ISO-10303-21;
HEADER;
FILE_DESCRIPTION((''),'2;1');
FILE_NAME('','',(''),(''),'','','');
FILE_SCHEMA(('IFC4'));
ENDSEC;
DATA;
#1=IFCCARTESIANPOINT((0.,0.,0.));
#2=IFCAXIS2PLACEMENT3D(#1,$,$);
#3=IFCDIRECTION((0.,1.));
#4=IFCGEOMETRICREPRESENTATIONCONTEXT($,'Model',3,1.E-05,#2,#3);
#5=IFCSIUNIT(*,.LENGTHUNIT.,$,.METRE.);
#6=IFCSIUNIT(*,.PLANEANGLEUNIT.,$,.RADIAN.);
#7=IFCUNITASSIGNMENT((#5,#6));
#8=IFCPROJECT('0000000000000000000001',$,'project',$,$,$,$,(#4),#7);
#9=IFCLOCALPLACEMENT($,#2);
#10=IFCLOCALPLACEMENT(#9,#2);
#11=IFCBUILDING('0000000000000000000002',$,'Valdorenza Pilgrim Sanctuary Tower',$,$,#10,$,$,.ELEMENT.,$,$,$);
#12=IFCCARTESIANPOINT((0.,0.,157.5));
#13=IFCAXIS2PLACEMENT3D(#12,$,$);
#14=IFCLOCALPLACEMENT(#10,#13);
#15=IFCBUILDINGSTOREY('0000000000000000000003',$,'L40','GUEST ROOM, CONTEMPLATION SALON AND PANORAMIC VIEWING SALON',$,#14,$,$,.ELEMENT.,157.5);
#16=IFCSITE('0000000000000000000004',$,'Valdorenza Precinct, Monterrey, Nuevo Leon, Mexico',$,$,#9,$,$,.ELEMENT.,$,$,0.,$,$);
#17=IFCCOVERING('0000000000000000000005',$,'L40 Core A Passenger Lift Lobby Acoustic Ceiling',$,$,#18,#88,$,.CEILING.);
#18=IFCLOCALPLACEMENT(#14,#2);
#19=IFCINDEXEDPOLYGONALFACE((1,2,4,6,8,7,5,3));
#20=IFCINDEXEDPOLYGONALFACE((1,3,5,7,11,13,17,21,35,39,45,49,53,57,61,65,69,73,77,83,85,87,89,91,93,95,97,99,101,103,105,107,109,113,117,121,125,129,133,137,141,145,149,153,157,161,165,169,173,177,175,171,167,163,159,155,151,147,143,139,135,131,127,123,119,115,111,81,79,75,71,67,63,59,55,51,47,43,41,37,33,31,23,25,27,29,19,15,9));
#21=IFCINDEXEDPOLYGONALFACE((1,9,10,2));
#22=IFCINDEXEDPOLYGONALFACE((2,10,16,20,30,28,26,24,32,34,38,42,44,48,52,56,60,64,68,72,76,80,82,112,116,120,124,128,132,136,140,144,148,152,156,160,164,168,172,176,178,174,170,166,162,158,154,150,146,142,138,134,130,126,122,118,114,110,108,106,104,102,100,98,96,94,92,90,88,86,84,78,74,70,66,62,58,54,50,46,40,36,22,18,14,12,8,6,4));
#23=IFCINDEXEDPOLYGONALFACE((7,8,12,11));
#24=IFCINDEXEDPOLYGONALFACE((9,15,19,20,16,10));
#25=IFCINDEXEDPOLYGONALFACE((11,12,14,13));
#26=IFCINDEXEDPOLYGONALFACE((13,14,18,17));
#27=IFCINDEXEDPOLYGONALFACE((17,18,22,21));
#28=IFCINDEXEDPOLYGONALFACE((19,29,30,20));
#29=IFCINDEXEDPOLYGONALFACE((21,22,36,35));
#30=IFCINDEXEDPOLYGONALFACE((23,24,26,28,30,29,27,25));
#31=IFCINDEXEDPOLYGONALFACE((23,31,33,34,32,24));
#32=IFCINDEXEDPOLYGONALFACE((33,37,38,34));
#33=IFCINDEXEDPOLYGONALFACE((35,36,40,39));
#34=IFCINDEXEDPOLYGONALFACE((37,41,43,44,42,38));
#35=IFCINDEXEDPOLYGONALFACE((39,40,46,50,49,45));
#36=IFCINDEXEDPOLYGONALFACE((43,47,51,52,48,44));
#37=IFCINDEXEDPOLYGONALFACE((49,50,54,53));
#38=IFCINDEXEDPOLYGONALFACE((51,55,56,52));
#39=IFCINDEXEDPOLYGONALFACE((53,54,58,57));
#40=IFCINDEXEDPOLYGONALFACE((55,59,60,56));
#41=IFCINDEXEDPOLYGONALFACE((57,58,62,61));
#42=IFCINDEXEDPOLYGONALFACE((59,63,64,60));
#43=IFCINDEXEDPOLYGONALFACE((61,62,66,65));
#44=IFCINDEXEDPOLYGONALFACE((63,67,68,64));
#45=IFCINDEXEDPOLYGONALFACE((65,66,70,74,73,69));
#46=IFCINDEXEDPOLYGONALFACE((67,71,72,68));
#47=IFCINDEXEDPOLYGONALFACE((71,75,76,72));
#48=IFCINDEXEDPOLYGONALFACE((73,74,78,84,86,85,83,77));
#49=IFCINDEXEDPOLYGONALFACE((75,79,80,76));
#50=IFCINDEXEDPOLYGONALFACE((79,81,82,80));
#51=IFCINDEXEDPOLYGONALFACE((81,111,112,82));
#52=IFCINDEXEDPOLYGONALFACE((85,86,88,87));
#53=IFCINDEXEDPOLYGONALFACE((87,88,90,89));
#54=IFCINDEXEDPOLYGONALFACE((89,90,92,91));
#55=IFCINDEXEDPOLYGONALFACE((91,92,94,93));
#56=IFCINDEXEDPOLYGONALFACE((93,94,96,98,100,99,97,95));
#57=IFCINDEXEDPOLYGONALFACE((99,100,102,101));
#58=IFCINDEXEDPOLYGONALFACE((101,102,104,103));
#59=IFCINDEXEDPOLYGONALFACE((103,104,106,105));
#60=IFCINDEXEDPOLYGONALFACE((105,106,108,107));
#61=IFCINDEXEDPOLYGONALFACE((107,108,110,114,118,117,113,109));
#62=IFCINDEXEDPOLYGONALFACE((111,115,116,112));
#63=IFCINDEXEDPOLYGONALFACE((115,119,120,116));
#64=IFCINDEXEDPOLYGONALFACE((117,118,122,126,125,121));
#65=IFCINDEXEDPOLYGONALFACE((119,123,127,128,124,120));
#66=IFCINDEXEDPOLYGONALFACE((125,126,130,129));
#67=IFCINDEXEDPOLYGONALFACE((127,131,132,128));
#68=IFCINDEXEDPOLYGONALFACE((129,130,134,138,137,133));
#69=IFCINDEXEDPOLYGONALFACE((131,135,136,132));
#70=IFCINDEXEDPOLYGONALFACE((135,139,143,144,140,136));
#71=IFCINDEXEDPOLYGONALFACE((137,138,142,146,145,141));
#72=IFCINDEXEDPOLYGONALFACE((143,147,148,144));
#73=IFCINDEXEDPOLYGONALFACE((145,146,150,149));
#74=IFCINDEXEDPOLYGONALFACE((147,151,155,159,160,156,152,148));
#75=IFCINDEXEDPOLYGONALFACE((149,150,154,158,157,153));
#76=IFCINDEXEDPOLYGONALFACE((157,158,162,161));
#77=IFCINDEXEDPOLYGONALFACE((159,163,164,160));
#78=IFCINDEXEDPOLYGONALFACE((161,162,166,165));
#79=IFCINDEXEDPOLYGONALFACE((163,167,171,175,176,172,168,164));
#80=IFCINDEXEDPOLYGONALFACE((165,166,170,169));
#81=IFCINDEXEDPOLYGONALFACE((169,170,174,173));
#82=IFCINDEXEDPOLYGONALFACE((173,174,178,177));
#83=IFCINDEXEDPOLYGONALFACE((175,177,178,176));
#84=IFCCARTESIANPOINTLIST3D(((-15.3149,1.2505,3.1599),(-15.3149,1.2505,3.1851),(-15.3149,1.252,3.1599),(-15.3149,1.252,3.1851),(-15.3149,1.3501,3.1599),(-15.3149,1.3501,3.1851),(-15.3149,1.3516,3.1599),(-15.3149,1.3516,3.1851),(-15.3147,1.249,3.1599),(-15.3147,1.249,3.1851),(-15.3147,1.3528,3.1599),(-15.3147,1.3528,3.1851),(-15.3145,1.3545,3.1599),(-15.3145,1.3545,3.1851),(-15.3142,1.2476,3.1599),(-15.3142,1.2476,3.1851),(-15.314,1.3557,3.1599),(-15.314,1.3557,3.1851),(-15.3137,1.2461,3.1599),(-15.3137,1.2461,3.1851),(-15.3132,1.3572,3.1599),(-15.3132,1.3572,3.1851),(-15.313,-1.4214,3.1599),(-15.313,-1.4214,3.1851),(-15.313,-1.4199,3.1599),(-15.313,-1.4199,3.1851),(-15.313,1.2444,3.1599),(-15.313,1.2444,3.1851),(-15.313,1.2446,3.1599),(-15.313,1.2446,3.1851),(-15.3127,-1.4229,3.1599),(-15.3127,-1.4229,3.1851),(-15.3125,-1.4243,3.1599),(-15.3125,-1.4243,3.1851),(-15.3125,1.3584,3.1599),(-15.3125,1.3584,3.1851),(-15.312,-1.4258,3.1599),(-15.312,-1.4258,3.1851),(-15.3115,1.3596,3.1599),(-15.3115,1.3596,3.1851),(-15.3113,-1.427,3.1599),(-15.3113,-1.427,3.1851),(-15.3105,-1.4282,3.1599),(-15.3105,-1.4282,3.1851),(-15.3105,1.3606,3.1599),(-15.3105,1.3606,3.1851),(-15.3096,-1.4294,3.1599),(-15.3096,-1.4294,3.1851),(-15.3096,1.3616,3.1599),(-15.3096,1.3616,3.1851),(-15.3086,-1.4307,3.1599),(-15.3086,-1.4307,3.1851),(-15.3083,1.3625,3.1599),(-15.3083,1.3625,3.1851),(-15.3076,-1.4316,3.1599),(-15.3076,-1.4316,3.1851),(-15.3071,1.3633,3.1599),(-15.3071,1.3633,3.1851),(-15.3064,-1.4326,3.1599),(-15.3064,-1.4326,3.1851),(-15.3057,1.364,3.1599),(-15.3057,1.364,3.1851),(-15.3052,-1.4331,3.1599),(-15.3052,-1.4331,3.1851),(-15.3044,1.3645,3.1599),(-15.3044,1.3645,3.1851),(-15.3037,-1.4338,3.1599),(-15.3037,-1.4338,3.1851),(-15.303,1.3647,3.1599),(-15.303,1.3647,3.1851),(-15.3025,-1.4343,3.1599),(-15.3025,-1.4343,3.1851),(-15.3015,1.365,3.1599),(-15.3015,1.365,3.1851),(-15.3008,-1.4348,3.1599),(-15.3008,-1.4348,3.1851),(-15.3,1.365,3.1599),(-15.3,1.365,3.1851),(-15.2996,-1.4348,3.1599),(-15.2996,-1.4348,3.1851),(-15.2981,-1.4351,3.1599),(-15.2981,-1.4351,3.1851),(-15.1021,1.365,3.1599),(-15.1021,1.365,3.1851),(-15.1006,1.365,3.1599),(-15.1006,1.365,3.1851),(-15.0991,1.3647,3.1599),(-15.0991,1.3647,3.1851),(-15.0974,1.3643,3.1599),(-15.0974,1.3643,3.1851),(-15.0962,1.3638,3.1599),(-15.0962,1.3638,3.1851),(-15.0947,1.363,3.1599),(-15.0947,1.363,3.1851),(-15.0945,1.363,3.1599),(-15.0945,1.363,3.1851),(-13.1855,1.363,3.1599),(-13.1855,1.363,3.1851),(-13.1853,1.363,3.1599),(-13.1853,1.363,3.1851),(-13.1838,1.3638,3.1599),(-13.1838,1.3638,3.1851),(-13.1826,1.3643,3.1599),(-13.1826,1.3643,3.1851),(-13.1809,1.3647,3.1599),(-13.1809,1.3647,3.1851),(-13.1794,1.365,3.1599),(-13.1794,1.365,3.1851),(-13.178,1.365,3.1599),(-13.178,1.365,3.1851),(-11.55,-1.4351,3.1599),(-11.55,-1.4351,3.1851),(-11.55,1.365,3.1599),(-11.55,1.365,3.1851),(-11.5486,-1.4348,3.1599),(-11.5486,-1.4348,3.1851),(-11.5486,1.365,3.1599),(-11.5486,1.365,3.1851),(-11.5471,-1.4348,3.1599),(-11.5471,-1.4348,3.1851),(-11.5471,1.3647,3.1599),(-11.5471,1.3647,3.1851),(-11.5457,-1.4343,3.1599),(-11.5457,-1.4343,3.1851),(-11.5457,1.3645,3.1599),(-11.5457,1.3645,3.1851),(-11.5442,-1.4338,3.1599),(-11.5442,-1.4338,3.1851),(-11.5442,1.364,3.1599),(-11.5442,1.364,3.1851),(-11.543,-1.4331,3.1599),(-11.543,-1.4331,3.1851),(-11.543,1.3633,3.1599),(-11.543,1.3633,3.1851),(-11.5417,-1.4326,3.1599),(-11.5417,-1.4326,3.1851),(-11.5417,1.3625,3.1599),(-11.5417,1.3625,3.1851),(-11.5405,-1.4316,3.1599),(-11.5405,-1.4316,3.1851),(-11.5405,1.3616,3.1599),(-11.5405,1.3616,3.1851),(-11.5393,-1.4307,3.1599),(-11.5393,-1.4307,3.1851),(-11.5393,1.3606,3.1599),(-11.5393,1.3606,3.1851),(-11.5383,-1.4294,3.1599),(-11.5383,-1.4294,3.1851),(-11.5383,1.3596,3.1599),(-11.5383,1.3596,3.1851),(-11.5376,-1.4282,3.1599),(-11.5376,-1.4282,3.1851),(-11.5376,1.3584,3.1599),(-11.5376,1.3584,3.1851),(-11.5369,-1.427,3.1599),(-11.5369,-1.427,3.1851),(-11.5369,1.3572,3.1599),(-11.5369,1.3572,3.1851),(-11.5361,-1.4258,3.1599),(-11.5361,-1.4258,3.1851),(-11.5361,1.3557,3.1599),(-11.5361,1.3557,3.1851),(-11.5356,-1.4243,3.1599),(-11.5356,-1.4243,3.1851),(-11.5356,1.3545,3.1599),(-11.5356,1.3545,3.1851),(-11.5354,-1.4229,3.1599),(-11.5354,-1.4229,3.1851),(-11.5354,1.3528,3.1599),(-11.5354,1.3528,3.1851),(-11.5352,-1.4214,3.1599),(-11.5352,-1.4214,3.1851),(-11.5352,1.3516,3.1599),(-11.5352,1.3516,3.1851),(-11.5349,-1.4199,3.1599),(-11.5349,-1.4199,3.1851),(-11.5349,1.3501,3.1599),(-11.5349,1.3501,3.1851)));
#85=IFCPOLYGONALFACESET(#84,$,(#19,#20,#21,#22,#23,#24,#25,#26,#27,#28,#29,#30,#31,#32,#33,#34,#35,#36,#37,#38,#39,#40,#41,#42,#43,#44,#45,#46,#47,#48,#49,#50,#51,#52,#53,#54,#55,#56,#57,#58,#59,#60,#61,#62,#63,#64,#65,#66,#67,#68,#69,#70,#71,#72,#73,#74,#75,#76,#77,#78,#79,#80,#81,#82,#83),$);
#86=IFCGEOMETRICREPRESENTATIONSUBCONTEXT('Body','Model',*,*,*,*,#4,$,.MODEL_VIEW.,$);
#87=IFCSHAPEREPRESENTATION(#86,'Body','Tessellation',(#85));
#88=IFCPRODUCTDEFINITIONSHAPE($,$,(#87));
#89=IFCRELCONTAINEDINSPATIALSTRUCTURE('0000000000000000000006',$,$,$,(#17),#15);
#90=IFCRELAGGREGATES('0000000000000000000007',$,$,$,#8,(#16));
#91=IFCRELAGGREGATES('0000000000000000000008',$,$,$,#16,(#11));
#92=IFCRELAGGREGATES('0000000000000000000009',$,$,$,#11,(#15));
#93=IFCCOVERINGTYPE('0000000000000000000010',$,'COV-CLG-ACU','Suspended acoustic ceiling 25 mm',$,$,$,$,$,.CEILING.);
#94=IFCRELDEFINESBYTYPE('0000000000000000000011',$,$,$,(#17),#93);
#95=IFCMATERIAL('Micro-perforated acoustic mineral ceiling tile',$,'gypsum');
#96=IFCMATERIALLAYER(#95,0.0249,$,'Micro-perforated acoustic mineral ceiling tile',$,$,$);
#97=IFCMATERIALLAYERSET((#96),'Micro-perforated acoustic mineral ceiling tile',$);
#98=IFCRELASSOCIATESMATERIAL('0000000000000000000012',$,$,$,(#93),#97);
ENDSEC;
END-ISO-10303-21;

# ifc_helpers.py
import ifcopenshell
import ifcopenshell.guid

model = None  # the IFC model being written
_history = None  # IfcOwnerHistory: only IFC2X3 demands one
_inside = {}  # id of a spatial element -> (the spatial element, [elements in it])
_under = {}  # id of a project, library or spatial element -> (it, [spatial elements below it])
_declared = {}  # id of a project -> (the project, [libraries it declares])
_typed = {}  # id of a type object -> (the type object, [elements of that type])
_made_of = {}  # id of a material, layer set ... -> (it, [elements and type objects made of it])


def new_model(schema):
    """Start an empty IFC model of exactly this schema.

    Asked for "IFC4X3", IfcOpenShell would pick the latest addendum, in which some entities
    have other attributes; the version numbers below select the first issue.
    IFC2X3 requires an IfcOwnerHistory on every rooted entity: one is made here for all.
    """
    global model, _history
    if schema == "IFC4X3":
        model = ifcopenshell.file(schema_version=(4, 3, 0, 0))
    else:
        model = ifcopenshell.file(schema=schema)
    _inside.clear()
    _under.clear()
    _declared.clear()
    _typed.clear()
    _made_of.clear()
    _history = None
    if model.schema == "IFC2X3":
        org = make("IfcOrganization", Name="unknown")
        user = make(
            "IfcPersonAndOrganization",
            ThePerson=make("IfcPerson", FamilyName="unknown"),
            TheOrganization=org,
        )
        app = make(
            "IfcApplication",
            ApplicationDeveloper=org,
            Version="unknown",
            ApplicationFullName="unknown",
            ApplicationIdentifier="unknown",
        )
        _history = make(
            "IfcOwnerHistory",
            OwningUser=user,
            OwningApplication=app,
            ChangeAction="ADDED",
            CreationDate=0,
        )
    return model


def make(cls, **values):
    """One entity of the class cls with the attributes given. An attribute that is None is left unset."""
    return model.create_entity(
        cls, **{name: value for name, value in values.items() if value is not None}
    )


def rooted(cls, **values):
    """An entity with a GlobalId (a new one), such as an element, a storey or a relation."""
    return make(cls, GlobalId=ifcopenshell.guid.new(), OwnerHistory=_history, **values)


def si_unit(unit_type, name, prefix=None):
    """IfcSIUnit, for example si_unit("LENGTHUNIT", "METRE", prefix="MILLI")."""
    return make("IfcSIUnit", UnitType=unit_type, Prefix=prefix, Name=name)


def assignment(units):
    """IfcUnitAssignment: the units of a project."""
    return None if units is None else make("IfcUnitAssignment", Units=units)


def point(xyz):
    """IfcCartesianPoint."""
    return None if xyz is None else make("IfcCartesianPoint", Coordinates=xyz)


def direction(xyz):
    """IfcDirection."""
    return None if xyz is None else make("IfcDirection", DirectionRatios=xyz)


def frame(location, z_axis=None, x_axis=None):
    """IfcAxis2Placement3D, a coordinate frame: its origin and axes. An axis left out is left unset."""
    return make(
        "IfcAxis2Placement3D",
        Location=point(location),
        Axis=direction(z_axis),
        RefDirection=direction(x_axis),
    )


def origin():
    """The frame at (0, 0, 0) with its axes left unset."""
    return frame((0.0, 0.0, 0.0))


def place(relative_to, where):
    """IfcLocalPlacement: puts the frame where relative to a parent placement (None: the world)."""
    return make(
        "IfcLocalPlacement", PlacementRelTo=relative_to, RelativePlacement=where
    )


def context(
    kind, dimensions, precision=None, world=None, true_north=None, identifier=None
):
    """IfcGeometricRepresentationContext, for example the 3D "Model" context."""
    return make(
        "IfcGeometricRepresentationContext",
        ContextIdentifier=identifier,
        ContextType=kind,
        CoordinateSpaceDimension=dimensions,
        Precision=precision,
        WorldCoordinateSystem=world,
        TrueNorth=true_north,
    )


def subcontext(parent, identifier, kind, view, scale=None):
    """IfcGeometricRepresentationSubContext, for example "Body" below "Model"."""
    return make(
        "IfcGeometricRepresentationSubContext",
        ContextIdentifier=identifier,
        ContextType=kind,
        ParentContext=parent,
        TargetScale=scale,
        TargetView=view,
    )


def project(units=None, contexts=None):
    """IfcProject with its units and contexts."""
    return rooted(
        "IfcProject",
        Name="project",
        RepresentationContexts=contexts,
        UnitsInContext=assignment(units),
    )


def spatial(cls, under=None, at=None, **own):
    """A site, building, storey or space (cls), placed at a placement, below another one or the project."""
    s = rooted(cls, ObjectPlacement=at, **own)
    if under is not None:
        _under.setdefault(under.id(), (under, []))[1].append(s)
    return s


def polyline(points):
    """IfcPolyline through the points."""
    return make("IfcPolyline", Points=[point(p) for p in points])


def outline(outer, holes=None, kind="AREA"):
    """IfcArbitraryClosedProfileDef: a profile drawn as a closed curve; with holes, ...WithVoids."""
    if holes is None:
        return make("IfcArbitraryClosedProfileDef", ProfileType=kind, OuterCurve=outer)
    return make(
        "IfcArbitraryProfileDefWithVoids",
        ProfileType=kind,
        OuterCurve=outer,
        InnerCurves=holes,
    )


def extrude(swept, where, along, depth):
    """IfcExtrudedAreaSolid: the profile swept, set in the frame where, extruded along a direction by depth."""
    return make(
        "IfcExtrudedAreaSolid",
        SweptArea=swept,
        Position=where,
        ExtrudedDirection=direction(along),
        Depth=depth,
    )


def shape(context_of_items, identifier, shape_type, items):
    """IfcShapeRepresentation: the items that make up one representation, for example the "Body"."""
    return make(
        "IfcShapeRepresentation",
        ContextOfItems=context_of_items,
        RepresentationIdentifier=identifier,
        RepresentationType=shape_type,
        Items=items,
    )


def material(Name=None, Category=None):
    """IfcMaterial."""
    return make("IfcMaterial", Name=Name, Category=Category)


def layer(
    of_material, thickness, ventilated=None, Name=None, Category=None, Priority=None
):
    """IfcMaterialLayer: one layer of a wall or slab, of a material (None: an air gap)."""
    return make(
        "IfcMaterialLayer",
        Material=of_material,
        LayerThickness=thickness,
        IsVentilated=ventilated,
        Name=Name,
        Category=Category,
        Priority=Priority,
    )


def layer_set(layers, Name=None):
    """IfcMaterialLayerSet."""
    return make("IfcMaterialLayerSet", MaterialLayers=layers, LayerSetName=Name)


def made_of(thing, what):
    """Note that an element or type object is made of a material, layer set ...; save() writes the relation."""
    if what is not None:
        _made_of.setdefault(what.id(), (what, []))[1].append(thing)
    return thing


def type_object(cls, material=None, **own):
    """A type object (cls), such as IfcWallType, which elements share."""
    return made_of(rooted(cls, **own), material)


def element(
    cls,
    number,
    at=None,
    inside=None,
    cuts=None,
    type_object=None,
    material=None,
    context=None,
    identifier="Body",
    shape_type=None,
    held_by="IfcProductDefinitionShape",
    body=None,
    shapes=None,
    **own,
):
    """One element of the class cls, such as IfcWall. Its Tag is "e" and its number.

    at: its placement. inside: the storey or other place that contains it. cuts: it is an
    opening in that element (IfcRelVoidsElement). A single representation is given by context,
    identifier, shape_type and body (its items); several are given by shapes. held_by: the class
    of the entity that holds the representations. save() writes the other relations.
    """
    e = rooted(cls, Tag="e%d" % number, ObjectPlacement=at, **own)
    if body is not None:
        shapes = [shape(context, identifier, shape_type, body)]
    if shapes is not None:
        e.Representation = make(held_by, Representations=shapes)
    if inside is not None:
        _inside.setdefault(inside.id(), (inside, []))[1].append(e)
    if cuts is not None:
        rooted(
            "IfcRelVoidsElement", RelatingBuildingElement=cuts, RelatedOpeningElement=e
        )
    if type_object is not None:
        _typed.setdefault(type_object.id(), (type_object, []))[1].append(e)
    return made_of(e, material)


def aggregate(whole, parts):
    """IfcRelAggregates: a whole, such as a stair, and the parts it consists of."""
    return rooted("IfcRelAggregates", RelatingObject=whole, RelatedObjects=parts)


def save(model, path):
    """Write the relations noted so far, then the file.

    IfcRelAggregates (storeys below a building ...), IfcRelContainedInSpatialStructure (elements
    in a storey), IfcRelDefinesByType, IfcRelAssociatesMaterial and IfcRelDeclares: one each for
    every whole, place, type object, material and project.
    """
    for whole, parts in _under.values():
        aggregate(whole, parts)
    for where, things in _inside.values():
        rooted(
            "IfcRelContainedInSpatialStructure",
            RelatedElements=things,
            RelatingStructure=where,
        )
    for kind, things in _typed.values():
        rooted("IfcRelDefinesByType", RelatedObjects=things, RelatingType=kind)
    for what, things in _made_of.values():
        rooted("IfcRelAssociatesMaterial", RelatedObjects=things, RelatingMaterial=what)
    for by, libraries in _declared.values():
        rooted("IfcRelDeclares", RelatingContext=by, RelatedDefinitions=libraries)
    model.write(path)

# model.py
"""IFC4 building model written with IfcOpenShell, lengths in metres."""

from ifc_helpers import new_model, si_unit, direction, frame, origin, place, context, subcontext, project, spatial, polyline, outline, extrude, material, layer, layer_set, type_object, element, save


model = new_model("IFC4")

# Units and contexts
model_context = context("Model", 3, precision=1e-05, world=origin(), true_north=direction((0.0, 1.0)))
body_context = subcontext(model_context, "Body", "Model", "MODEL_VIEW")
ifc_project = project(units=[si_unit("LENGTHUNIT", "METRE"), si_unit("PLANEANGLEUNIT", "RADIAN")], contexts=[model_context])

# Site, building, storey
site_placement = place(None, origin())
site = spatial("IfcSite", under=ifc_project, at=site_placement, Name="Valdorenza Precinct, Monterrey, Nuevo Leon, Mexico", CompositionType="ELEMENT", RefElevation=0.0)
building_placement = place(site_placement, origin())
building = spatial("IfcBuilding", under=site, at=building_placement, Name="Valdorenza Pilgrim Sanctuary Tower", CompositionType="ELEMENT")
storey_placement = place(building_placement, frame((0.0, 0.0, 157.5)))
storey = spatial("IfcBuildingStorey", under=building, at=storey_placement, Name="L40", Description="GUEST ROOM, CONTEMPLATION SALON AND PANORAMIC VIEWING SALON", CompositionType="ELEMENT", Elevation=157.5)

# Covering
ifc_material_1 = material(Name="Micro-perforated acoustic mineral ceiling tile", Category="gypsum")
ifc_layer_1 = layer(ifc_material_1, 0.0249, Name="Micro-perforated acoustic mineral ceiling tile")
ifc_layer_set_1 = layer_set([ifc_layer_1], Name="Micro-perforated acoustic mineral ceiling tile")
covering_type_1 = type_object("IfcCoveringType", Name="COV-CLG-ACU", Description="Suspended acoustic ceiling 25 mm", PredefinedType="CEILING", material=ifc_layer_set_1)
covering_1_placement = place(storey_placement, frame((0.0, 0.0, 3.1599)))
element("IfcCovering", 1, at=covering_1_placement, inside=storey, type_object=covering_type_1, Name="L40 Core A Passenger Lift Lobby Acoustic Ceiling", PredefinedType="CEILING", context=body_context, shape_type="SweptSolid", body=[
    extrude(outline(polyline([(-15.313, 1.2444), (-15.313, 1.2446), (-15.3137, 1.2461), (-15.3142, 1.2476), (-15.3147, 1.249), (-15.3149, 1.2505), (-15.3149, 1.252), (-15.3149, 1.3501), (-15.3149, 1.3516), (-15.3147, 1.3528), (-15.3145, 1.3545), (-15.314, 1.3557), (-15.3132, 1.3572), (-15.3125, 1.3584), (-15.3115, 1.3596), (-15.3105, 1.3606), (-15.3096, 1.3616), (-15.3083, 1.3625), (-15.3071, 1.3633), (-15.3057, 1.364), (-15.3044, 1.3645), (-15.303, 1.3647), (-15.3015, 1.365), (-15.3, 1.365), (-15.1021, 1.365), (-15.1006, 1.365), (-15.0991, 1.3647), (-15.0974, 1.3643), (-15.0962, 1.3638), (-15.0947, 1.363), (-15.0945, 1.363), (-13.1855, 1.363), (-13.1853, 1.363), (-13.1838, 1.3638), (-13.1826, 1.3643), (-13.1809, 1.3647), (-13.1794, 1.365), (-13.178, 1.365), (-11.55, 1.365), (-11.5486, 1.365), (-11.5471, 1.3647), (-11.5457, 1.3645), (-11.5442, 1.364), (-11.543, 1.3633), (-11.5417, 1.3625), (-11.5405, 1.3616), (-11.5393, 1.3606), (-11.5383, 1.3596), (-11.5376, 1.3584), (-11.5369, 1.3572), (-11.5361, 1.3557), (-11.5356, 1.3545), (-11.5354, 1.3528), (-11.5352, 1.3516), (-11.5349, 1.3501), (-11.5349, -1.4199), (-11.5352, -1.4214), (-11.5354, -1.4229), (-11.5356, -1.4243), (-11.5361, -1.4258), (-11.5369, -1.427), (-11.5376, -1.4282), (-11.5383, -1.4294), (-11.5393, -1.4307), (-11.5405, -1.4316), (-11.5417, -1.4326), (-11.543, -1.4331), (-11.5442, -1.4338), (-11.5457, -1.4343), (-11.5471, -1.4348), (-11.5486, -1.4348), (-11.55, -1.4351), (-15.2981, -1.4351), (-15.2996, -1.4348), (-15.3008, -1.4348), (-15.3025, -1.4343), (-15.3037, -1.4338), (-15.3052, -1.4331), (-15.3064, -1.4326), (-15.3076, -1.4316), (-15.3086, -1.4307), (-15.3096, -1.4294), (-15.3105, -1.4282), (-15.3113, -1.427), (-15.312, -1.4258), (-15.3125, -1.4243), (-15.3127, -1.4229), (-15.313, -1.4214), (-15.313, -1.4199), (-15.313, 1.2444)])), origin(), (0.0, 0.0, 1.0), 0.0251),
])

save(model, "model.ifc")
